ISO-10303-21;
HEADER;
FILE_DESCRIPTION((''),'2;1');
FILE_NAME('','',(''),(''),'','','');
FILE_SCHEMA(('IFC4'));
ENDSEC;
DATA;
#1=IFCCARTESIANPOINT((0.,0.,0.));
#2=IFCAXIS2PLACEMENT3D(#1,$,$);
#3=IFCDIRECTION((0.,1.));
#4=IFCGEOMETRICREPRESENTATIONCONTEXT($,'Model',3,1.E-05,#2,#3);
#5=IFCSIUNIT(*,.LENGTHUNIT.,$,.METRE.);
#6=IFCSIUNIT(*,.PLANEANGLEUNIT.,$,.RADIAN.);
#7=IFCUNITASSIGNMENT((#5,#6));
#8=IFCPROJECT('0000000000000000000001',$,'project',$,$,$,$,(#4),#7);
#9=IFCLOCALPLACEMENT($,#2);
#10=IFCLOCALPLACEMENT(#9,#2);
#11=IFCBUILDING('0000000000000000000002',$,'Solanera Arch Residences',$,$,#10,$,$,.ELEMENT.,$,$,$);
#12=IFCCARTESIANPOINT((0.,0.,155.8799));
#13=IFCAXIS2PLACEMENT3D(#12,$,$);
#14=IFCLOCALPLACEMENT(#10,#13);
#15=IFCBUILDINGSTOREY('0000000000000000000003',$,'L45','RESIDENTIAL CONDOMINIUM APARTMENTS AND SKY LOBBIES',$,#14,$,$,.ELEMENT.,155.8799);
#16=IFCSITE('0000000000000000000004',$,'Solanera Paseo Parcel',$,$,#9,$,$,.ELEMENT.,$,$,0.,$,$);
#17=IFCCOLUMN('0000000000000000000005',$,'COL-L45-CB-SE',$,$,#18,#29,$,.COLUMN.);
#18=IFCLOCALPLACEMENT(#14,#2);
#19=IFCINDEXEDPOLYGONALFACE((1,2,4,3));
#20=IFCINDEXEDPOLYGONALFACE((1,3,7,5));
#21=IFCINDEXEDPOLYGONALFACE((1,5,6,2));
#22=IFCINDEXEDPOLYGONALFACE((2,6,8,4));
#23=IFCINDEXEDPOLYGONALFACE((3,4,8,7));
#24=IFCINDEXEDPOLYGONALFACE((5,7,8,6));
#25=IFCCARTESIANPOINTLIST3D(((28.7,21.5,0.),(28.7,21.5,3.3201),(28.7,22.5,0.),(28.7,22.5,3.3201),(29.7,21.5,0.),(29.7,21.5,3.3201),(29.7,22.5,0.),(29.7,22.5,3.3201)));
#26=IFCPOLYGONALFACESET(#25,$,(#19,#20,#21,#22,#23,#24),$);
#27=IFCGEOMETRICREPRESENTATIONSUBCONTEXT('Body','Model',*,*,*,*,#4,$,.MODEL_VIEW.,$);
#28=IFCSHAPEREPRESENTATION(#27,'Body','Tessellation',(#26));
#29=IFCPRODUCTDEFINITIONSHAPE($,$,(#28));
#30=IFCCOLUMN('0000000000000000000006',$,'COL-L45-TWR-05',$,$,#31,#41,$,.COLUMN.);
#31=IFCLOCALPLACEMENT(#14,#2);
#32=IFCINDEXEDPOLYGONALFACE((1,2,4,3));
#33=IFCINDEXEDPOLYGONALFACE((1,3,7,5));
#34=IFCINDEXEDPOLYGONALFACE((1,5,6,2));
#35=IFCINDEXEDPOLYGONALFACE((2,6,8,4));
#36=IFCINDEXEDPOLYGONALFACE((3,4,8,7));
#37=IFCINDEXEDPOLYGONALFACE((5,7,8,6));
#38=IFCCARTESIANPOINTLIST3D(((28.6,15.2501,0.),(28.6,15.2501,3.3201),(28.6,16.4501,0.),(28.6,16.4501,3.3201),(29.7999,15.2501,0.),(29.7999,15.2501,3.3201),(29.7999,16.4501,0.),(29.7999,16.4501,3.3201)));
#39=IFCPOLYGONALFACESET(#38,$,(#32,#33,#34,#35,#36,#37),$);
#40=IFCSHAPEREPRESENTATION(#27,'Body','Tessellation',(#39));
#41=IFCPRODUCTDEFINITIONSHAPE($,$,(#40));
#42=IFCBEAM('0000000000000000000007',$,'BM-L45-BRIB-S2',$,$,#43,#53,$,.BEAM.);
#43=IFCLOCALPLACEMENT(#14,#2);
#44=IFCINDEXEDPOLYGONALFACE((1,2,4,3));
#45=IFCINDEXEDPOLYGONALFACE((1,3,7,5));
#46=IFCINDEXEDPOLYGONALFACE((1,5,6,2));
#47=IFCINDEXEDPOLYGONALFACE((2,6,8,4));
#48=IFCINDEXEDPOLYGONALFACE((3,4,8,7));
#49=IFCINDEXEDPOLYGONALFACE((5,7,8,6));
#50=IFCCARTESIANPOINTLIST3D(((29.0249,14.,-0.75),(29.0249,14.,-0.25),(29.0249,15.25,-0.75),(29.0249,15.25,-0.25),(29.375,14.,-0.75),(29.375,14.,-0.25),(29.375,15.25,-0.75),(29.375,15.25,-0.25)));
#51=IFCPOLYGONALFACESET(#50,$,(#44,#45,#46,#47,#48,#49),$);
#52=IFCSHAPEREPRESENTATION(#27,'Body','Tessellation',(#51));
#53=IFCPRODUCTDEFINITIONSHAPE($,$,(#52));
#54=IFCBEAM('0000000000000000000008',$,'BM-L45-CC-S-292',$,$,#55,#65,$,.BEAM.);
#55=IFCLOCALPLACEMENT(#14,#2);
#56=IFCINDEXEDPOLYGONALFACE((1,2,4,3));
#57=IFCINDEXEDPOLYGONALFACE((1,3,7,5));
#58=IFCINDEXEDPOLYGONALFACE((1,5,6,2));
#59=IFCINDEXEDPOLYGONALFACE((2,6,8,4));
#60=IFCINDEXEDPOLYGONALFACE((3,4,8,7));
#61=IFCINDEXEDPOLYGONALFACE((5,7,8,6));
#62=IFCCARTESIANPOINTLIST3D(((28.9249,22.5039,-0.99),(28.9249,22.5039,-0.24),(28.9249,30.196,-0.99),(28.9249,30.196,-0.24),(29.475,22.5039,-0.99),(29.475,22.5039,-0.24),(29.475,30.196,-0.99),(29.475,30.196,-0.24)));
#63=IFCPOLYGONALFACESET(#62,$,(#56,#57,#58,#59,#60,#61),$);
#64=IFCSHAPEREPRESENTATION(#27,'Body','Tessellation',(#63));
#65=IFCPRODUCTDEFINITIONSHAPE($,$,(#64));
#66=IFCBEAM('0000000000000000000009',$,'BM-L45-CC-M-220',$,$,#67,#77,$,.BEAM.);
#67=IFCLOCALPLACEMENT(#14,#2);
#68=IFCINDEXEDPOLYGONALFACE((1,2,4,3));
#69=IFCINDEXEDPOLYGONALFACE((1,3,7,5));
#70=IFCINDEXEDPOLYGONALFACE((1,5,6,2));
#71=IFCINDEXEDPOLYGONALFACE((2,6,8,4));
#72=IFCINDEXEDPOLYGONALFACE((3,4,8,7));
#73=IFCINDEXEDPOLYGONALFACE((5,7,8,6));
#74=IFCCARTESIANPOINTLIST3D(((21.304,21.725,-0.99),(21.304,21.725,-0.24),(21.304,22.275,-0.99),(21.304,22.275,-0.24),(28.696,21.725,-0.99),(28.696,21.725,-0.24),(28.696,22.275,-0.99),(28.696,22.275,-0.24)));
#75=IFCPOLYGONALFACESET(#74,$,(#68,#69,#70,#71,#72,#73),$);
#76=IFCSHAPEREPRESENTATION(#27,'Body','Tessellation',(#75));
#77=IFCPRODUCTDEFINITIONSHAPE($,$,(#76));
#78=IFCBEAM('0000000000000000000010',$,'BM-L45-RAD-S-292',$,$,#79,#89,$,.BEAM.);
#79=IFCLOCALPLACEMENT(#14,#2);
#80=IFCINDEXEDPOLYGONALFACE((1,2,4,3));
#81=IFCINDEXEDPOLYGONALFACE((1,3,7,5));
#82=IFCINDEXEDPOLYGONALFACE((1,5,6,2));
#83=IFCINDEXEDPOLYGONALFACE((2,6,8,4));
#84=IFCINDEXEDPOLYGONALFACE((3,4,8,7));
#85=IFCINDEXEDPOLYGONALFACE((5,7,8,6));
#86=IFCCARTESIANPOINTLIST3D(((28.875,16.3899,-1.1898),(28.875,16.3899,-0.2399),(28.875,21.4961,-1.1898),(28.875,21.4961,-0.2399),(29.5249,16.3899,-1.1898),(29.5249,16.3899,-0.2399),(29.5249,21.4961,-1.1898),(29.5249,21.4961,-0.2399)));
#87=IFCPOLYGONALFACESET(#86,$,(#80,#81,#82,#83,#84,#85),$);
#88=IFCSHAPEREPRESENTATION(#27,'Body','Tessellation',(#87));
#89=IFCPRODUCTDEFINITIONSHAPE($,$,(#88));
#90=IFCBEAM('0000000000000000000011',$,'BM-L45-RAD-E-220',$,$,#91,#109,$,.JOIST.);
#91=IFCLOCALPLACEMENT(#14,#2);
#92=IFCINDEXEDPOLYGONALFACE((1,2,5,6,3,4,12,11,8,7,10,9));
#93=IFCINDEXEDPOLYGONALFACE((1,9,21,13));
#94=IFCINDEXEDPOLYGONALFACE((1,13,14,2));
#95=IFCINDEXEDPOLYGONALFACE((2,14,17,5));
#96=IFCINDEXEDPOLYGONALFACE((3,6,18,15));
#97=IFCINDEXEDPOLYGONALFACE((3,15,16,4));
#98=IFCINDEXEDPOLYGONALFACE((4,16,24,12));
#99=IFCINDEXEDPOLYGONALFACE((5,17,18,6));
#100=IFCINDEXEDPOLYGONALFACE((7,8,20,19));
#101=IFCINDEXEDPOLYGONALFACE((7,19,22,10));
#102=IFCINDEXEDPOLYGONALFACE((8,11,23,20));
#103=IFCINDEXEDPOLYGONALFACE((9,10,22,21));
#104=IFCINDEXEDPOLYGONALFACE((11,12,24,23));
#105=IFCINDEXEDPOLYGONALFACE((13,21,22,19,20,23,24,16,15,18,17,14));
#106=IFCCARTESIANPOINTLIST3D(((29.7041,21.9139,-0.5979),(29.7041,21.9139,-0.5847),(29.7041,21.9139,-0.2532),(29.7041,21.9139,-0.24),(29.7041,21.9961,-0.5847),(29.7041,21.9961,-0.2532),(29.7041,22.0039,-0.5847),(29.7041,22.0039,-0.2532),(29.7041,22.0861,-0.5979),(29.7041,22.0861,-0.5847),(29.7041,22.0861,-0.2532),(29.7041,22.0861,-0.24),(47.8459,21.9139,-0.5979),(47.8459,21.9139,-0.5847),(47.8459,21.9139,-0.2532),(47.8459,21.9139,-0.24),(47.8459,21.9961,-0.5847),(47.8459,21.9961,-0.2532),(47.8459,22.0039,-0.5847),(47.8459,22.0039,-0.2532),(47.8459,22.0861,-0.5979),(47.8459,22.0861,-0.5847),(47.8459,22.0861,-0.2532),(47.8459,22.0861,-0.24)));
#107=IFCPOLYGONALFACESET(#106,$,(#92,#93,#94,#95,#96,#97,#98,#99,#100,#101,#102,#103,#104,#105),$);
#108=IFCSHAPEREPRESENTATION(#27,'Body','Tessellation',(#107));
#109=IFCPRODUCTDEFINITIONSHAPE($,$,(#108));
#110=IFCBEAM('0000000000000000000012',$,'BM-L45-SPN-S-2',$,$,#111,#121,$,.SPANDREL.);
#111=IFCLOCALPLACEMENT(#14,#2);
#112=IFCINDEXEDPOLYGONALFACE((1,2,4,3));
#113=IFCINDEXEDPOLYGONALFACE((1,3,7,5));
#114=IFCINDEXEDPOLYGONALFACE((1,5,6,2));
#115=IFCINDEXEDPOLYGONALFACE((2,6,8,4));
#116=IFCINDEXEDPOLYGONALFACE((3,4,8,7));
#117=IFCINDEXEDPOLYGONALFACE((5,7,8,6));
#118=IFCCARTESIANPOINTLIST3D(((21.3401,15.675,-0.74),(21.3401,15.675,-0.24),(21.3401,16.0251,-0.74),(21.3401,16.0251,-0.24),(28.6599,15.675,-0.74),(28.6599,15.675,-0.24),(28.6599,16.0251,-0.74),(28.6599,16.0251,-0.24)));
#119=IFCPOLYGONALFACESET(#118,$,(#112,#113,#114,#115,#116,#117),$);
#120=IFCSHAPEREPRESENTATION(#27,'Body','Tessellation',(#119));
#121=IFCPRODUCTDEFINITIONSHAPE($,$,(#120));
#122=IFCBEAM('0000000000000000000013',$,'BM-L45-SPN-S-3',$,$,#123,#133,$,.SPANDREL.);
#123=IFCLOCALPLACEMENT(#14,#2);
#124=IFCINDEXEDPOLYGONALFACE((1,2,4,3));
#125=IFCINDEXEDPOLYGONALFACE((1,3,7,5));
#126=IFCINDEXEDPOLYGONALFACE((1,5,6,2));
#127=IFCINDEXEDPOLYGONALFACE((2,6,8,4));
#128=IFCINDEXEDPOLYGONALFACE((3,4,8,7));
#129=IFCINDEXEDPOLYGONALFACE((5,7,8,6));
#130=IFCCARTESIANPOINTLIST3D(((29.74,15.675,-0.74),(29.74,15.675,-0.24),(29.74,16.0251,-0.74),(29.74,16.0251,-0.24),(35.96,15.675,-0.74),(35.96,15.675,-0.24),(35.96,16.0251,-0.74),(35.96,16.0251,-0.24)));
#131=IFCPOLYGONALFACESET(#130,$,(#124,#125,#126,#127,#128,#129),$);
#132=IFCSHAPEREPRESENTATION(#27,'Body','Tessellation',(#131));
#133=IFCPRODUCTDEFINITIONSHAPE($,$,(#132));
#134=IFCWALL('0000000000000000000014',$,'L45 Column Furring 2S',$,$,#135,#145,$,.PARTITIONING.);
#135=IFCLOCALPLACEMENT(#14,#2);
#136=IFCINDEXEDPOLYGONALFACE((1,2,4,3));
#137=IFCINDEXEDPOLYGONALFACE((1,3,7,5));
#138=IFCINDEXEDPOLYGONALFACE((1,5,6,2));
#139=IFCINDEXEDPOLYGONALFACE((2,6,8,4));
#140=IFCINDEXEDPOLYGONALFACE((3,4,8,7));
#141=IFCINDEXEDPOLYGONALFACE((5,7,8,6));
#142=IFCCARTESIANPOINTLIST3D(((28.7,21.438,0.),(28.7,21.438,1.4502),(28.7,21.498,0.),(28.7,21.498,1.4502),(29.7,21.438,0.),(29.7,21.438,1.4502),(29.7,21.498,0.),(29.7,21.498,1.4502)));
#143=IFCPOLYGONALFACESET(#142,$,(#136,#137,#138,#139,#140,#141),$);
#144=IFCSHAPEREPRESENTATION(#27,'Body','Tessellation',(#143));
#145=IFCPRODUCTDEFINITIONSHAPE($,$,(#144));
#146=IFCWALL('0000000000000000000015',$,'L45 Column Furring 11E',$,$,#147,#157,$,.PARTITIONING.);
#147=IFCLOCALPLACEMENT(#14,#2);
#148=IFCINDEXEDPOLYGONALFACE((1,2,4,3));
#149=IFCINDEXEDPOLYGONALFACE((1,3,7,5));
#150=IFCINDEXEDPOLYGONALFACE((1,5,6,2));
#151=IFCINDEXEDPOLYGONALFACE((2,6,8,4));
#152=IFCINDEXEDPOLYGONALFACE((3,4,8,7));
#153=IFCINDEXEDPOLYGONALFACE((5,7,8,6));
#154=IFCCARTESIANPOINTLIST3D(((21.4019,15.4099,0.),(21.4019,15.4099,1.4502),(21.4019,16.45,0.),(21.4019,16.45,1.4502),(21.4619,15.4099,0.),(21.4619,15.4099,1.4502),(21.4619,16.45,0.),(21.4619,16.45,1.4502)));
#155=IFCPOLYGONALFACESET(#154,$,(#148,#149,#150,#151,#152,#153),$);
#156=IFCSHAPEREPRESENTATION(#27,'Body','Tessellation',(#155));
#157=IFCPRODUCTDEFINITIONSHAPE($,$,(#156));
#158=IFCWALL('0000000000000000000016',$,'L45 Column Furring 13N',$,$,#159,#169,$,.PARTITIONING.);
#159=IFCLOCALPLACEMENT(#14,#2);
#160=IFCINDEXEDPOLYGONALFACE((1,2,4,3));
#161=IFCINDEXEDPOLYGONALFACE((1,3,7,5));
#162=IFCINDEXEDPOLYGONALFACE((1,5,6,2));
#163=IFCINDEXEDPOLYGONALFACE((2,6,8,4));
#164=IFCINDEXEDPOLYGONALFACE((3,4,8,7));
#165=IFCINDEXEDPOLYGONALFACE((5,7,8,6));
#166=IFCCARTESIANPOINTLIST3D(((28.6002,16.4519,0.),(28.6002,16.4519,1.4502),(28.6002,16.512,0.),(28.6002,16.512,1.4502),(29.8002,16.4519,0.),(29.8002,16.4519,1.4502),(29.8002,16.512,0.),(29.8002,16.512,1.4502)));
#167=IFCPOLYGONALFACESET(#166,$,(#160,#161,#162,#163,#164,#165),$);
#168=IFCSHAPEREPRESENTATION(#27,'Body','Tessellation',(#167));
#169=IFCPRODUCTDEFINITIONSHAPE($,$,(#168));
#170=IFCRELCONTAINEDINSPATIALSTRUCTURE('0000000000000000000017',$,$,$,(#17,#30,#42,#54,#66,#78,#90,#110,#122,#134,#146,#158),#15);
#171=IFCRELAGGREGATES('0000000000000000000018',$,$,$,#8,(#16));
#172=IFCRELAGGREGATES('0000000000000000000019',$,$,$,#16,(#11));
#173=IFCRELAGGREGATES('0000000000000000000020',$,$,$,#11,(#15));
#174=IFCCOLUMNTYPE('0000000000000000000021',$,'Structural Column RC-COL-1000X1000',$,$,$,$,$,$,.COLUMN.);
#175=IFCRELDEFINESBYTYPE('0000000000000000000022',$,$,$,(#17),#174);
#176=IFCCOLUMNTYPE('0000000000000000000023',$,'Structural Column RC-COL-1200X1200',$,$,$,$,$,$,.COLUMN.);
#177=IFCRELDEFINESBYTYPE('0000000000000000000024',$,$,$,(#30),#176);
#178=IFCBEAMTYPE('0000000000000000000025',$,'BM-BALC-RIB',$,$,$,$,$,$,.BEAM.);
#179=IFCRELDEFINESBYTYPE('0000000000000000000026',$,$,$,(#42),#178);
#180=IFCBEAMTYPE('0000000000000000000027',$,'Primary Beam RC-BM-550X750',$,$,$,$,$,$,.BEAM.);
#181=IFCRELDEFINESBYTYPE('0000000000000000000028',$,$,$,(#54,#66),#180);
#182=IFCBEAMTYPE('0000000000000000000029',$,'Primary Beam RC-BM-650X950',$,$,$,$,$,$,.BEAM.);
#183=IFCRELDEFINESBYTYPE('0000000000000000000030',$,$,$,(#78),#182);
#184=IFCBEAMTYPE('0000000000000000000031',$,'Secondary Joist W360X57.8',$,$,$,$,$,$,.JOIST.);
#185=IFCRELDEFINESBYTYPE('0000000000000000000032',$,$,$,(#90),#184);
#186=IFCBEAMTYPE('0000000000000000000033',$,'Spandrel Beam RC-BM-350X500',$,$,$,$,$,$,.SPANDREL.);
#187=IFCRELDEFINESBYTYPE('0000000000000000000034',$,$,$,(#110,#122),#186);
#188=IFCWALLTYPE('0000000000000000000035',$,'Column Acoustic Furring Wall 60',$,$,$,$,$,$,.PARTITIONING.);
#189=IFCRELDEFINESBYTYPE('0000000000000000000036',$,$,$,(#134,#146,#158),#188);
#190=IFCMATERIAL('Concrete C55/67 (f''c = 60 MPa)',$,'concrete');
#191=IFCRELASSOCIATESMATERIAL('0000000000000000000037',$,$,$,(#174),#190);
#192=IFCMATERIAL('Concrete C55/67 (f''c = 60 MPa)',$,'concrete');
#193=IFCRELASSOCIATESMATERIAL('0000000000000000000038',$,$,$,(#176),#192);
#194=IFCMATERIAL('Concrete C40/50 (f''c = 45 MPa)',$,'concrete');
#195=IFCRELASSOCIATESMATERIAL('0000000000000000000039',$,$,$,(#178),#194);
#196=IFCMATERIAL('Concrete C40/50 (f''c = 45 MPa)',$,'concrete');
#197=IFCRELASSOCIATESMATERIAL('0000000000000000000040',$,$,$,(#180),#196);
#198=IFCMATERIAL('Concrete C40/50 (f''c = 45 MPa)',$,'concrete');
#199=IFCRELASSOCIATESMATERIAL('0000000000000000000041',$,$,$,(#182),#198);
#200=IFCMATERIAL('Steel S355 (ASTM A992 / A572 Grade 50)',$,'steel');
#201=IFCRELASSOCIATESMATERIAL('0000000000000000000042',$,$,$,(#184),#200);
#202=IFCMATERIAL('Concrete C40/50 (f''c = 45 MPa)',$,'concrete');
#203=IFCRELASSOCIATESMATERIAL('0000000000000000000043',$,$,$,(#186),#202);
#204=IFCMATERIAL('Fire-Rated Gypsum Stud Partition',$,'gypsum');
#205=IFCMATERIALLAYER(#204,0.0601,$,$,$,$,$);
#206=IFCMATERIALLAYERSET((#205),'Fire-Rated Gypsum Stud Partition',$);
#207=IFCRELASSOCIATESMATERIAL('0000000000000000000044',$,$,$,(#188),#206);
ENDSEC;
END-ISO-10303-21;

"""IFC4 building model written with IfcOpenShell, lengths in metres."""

from ifc_helpers import new_model, si_unit, direction, frame, frame_2d, origin, origin_2d, place, context, subcontext, project, spatial, rectangle, i_section, extrude, material, layer, layer_set, material_profile, profile_set, type_object, element, save


model = new_model("IFC4")

# Units and contexts
model_context = context("Model", 3, precision=1e-05, world=origin(), true_north=direction((0.0, 1.0)))
body_context = subcontext(model_context, "Body", "Model", "MODEL_VIEW")
ifc_project = project(units=[si_unit("LENGTHUNIT", "METRE"), si_unit("PLANEANGLEUNIT", "RADIAN")], contexts=[model_context])

# Site, building, storey
site_placement = place(None, origin())
site = spatial("IfcSite", under=ifc_project, at=site_placement, Name="Solanera Paseo Parcel", CompositionType="ELEMENT", RefElevation=0.0)
building_placement = place(site_placement, origin())
building = spatial("IfcBuilding", under=site, at=building_placement, Name="Solanera Arch Residences", CompositionType="ELEMENT")
storey_placement = place(building_placement, frame((0.0, 0.0, 155.8799)))
storey = spatial("IfcBuildingStorey", under=building, at=storey_placement, Name="L45", Description="RESIDENTIAL CONDOMINIUM APARTMENTS AND SKY LOBBIES", CompositionType="ELEMENT", Elevation=155.8799)

# Columns
ifc_material_1 = material(Name="Concrete C55/67 (f'c = 60 MPa)", Category="concrete")
ifc_material_profile_1 = material_profile(ifc_material_1, rectangle(XDim=1.0, YDim=1.0, at=origin_2d()))
ifc_profile_set_1 = profile_set([ifc_material_profile_1], Name="Concrete C55/67 (f'c = 60 MPa)")
column_type_1 = type_object("IfcColumnType", Name="Structural Column RC-COL-1000X1000", PredefinedType="COLUMN", material=ifc_profile_set_1)
column_1_placement = place(storey_placement, frame((29.2, 22.0, 0.0), z_axis=(0.0, 0.0, 1.0), x_axis=(1.0, 0.0, 0.0)))
element("IfcColumn", 1, at=column_1_placement, inside=storey, type_object=column_type_1, Name="COL-L45-CB-SE", PredefinedType="COLUMN", context=body_context, shape_type="SweptSolid", body=[
    extrude(rectangle(XDim=1.0, YDim=1.0, at=origin_2d()), origin(), (0.0, 0.0, 1.0), 3.3201),
])
ifc_material_2 = material(Name="Concrete C55/67 (f'c = 60 MPa)", Category="concrete")
ifc_material_profile_2 = material_profile(ifc_material_2, rectangle(XDim=1.2, YDim=1.2, at=origin_2d()))
ifc_profile_set_2 = profile_set([ifc_material_profile_2], Name="Concrete C55/67 (f'c = 60 MPa)")
column_type_2 = type_object("IfcColumnType", Name="Structural Column RC-COL-1200X1200", PredefinedType="COLUMN", material=ifc_profile_set_2)
column_2_placement = place(storey_placement, frame((29.2, 15.8501, 0.0), z_axis=(0.0, 0.0, 1.0), x_axis=(1.0, 0.0, 0.0)))
element("IfcColumn", 2, at=column_2_placement, inside=storey, type_object=column_type_2, Name="COL-L45-TWR-05", PredefinedType="COLUMN", context=body_context, shape_type="SweptSolid", body=[
    extrude(rectangle(XDim=1.2, YDim=1.2, at=origin_2d()), origin(), (0.0, 0.0, 1.0), 3.3201),
])

# Beams
ifc_material_3 = material(Name="Concrete C40/50 (f'c = 45 MPa)", Category="concrete")
ifc_material_profile_3 = material_profile(ifc_material_3, rectangle(XDim=0.3501, YDim=0.5, at=origin_2d()))
ifc_profile_set_3 = profile_set([ifc_material_profile_3], Name="Concrete C40/50 (f'c = 45 MPa)")
beam_type_1 = type_object("IfcBeamType", Name="BM-BALC-RIB", PredefinedType="BEAM", material=ifc_profile_set_3)
beam_1_placement = place(storey_placement, frame((29.2, 14.0, -0.5), z_axis=(0.0, 1.0, 0.0), x_axis=(-1.0, 0.0, 0.0)))
element("IfcBeam", 3, at=beam_1_placement, inside=storey, type_object=beam_type_1, Name="BM-L45-BRIB-S2", PredefinedType="BEAM", context=body_context, shape_type="SweptSolid", body=[
    extrude(rectangle(XDim=0.3501, YDim=0.5, at=origin_2d()), origin(), (0.0, 0.0, 1.0), 1.25),
])
ifc_material_4 = material(Name="Concrete C40/50 (f'c = 45 MPa)", Category="concrete")
ifc_material_profile_4 = material_profile(ifc_material_4, rectangle(XDim=0.55, YDim=0.75, at=origin_2d()))
ifc_profile_set_4 = profile_set([ifc_material_profile_4], Name="Concrete C40/50 (f'c = 45 MPa)")
beam_type_2 = type_object("IfcBeamType", Name="Primary Beam RC-BM-550X750", PredefinedType="BEAM", material=ifc_profile_set_4)
beam_2_placement = place(storey_placement, frame((29.2, 22.5039, -0.615), z_axis=(0.0, 1.0, 0.0), x_axis=(-1.0, 0.0, 0.0)))
element("IfcBeam", 4, at=beam_2_placement, inside=storey, type_object=beam_type_2, Name="BM-L45-CC-S-292", PredefinedType="BEAM", context=body_context, shape_type="SweptSolid", body=[
    extrude(rectangle(XDim=0.55, YDim=0.75, at=origin_2d()), origin(), (0.0, 0.0, 1.0), 7.6921),
])
beam_3_placement = place(storey_placement, frame((21.304, 22.0, -0.615), z_axis=(1.0, 0.0, 0.0), x_axis=(0.0, 1.0, 0.0)))
element("IfcBeam", 5, at=beam_3_placement, inside=storey, type_object=beam_type_2, Name="BM-L45-CC-M-220", PredefinedType="BEAM", context=body_context, shape_type="SweptSolid", body=[
    extrude(rectangle(XDim=0.55, YDim=0.75, at=origin_2d()), origin(), (0.0, 0.0, 1.0), 7.3921),
])
ifc_material_5 = material(Name="Concrete C40/50 (f'c = 45 MPa)", Category="concrete")
ifc_material_profile_5 = material_profile(ifc_material_5, rectangle(XDim=0.6499, YDim=0.95, at=origin_2d()))
ifc_profile_set_5 = profile_set([ifc_material_profile_5], Name="Concrete C40/50 (f'c = 45 MPa)")
beam_type_3 = type_object("IfcBeamType", Name="Primary Beam RC-BM-650X950", PredefinedType="BEAM", material=ifc_profile_set_5)
beam_4_placement = place(storey_placement, frame((29.2, 16.3899, -0.7148), z_axis=(0.0, 1.0, 0.0), x_axis=(-1.0, 0.0, 0.0)))
element("IfcBeam", 6, at=beam_4_placement, inside=storey, type_object=beam_type_3, Name="BM-L45-RAD-S-292", PredefinedType="BEAM", context=body_context, shape_type="SweptSolid", body=[
    extrude(rectangle(XDim=0.6499, YDim=0.95, at=origin_2d()), origin(), (0.0, 0.0, 1.0), 5.1062),
])
ifc_material_6 = material(Name="Steel S355 (ASTM A992 / A572 Grade 50)", Category="steel")
ifc_material_profile_6 = material_profile(ifc_material_6, i_section(OverallWidth=0.1721, OverallDepth=0.3579, WebThickness=0.0078, FlangeThickness=0.0132, at=origin_2d()))
ifc_profile_set_6 = profile_set([ifc_material_profile_6], Name="Steel S355 (ASTM A992 / A572 Grade 50)")
beam_type_4 = type_object("IfcBeamType", Name="Secondary Joist W360X57.8", PredefinedType="JOIST", material=ifc_profile_set_6)
beam_5_placement = place(storey_placement, frame((29.7041, 22.0, -0.4189), z_axis=(1.0, 0.0, 0.0), x_axis=(0.0, 1.0, 0.0)))
element("IfcBeam", 7, at=beam_5_placement, inside=storey, type_object=beam_type_4, Name="BM-L45-RAD-E-220", PredefinedType="JOIST", context=body_context, shape_type="SweptSolid", body=[
    extrude(i_section(OverallWidth=0.1721, OverallDepth=0.3579, WebThickness=0.0078, FlangeThickness=0.0132, at=origin_2d()), origin(), (0.0, 0.0, 1.0), 18.1418),
])
ifc_material_7 = material(Name="Concrete C40/50 (f'c = 45 MPa)", Category="concrete")
ifc_material_profile_7 = material_profile(ifc_material_7, rectangle(XDim=0.3501, YDim=0.5, at=origin_2d()))
ifc_profile_set_7 = profile_set([ifc_material_profile_7], Name="Concrete C40/50 (f'c = 45 MPa)")
beam_type_5 = type_object("IfcBeamType", Name="Spandrel Beam RC-BM-350X500", PredefinedType="SPANDREL", material=ifc_profile_set_7)
beam_6_placement = place(storey_placement, frame((21.3401, 15.8501, -0.49), z_axis=(1.0, 0.0, 0.0), x_axis=(0.0, 1.0, 0.0)))
element("IfcBeam", 8, at=beam_6_placement, inside=storey, type_object=beam_type_5, Name="BM-L45-SPN-S-2", PredefinedType="SPANDREL", context=body_context, shape_type="SweptSolid", body=[
    extrude(rectangle(XDim=0.3501, YDim=0.5, at=origin_2d()), origin(), (0.0, 0.0, 1.0), 7.3198),
])
beam_7_placement = place(storey_placement, frame((29.74, 15.8501, -0.49), z_axis=(1.0, 0.0, 0.0), x_axis=(0.0, 1.0, 0.0)))
element("IfcBeam", 9, at=beam_7_placement, inside=storey, type_object=beam_type_5, Name="BM-L45-SPN-S-3", PredefinedType="SPANDREL", context=body_context, shape_type="SweptSolid", body=[
    extrude(rectangle(XDim=0.3501, YDim=0.5, at=origin_2d()), origin(), (0.0, 0.0, 1.0), 6.22),
])

# Walls
ifc_material_8 = material(Name="Fire-Rated Gypsum Stud Partition", Category="gypsum")
ifc_layer_1 = layer(ifc_material_8, 0.0601)
ifc_layer_set_1 = layer_set([ifc_layer_1], Name="Fire-Rated Gypsum Stud Partition")
wall_type_1 = type_object("IfcWallType", Name="Column Acoustic Furring Wall 60", PredefinedType="PARTITIONING", material=ifc_layer_set_1)
wall_1_placement = place(storey_placement, frame((28.7, 21.468, 0.0), z_axis=(0.0, 0.0, 1.0), x_axis=(1.0, 0.0, 0.0)))
element("IfcWall", 10, at=wall_1_placement, inside=storey, type_object=wall_type_1, Name="L45 Column Furring 2S", PredefinedType="PARTITIONING", context=body_context, shape_type="SweptSolid", body=[
    extrude(rectangle(XDim=1.0, YDim=0.0601, at=frame_2d((0.5, 0.0))), origin(), (0.0, 0.0, 1.0), 1.4502),
])
wall_2_placement = place(storey_placement, frame((21.4319, 15.4099, 0.0), z_axis=(0.0, 0.0, 1.0), x_axis=(0.0, 1.0, 0.0)))
element("IfcWall", 11, at=wall_2_placement, inside=storey, type_object=wall_type_1, Name="L45 Column Furring 11E", PredefinedType="PARTITIONING", context=body_context, shape_type="SweptSolid", body=[
    extrude(rectangle(XDim=1.04, YDim=0.0601, at=frame_2d((0.52, 0.0))), origin(), (0.0, 0.0, 1.0), 1.4502),
])
wall_3_placement = place(storey_placement, frame((28.6001, 16.4819, 0.0), z_axis=(0.0, 0.0, 1.0), x_axis=(1.0, 0.0, 0.0)))
element("IfcWall", 12, at=wall_3_placement, inside=storey, type_object=wall_type_1, Name="L45 Column Furring 13N", PredefinedType="PARTITIONING", context=body_context, shape_type="SweptSolid", body=[
    extrude(rectangle(XDim=1.2, YDim=0.0601, at=frame_2d((0.6001, 0.0))), origin(), (0.0, 0.0, 1.0), 1.4502),
])

save(model, "model.ifc")
